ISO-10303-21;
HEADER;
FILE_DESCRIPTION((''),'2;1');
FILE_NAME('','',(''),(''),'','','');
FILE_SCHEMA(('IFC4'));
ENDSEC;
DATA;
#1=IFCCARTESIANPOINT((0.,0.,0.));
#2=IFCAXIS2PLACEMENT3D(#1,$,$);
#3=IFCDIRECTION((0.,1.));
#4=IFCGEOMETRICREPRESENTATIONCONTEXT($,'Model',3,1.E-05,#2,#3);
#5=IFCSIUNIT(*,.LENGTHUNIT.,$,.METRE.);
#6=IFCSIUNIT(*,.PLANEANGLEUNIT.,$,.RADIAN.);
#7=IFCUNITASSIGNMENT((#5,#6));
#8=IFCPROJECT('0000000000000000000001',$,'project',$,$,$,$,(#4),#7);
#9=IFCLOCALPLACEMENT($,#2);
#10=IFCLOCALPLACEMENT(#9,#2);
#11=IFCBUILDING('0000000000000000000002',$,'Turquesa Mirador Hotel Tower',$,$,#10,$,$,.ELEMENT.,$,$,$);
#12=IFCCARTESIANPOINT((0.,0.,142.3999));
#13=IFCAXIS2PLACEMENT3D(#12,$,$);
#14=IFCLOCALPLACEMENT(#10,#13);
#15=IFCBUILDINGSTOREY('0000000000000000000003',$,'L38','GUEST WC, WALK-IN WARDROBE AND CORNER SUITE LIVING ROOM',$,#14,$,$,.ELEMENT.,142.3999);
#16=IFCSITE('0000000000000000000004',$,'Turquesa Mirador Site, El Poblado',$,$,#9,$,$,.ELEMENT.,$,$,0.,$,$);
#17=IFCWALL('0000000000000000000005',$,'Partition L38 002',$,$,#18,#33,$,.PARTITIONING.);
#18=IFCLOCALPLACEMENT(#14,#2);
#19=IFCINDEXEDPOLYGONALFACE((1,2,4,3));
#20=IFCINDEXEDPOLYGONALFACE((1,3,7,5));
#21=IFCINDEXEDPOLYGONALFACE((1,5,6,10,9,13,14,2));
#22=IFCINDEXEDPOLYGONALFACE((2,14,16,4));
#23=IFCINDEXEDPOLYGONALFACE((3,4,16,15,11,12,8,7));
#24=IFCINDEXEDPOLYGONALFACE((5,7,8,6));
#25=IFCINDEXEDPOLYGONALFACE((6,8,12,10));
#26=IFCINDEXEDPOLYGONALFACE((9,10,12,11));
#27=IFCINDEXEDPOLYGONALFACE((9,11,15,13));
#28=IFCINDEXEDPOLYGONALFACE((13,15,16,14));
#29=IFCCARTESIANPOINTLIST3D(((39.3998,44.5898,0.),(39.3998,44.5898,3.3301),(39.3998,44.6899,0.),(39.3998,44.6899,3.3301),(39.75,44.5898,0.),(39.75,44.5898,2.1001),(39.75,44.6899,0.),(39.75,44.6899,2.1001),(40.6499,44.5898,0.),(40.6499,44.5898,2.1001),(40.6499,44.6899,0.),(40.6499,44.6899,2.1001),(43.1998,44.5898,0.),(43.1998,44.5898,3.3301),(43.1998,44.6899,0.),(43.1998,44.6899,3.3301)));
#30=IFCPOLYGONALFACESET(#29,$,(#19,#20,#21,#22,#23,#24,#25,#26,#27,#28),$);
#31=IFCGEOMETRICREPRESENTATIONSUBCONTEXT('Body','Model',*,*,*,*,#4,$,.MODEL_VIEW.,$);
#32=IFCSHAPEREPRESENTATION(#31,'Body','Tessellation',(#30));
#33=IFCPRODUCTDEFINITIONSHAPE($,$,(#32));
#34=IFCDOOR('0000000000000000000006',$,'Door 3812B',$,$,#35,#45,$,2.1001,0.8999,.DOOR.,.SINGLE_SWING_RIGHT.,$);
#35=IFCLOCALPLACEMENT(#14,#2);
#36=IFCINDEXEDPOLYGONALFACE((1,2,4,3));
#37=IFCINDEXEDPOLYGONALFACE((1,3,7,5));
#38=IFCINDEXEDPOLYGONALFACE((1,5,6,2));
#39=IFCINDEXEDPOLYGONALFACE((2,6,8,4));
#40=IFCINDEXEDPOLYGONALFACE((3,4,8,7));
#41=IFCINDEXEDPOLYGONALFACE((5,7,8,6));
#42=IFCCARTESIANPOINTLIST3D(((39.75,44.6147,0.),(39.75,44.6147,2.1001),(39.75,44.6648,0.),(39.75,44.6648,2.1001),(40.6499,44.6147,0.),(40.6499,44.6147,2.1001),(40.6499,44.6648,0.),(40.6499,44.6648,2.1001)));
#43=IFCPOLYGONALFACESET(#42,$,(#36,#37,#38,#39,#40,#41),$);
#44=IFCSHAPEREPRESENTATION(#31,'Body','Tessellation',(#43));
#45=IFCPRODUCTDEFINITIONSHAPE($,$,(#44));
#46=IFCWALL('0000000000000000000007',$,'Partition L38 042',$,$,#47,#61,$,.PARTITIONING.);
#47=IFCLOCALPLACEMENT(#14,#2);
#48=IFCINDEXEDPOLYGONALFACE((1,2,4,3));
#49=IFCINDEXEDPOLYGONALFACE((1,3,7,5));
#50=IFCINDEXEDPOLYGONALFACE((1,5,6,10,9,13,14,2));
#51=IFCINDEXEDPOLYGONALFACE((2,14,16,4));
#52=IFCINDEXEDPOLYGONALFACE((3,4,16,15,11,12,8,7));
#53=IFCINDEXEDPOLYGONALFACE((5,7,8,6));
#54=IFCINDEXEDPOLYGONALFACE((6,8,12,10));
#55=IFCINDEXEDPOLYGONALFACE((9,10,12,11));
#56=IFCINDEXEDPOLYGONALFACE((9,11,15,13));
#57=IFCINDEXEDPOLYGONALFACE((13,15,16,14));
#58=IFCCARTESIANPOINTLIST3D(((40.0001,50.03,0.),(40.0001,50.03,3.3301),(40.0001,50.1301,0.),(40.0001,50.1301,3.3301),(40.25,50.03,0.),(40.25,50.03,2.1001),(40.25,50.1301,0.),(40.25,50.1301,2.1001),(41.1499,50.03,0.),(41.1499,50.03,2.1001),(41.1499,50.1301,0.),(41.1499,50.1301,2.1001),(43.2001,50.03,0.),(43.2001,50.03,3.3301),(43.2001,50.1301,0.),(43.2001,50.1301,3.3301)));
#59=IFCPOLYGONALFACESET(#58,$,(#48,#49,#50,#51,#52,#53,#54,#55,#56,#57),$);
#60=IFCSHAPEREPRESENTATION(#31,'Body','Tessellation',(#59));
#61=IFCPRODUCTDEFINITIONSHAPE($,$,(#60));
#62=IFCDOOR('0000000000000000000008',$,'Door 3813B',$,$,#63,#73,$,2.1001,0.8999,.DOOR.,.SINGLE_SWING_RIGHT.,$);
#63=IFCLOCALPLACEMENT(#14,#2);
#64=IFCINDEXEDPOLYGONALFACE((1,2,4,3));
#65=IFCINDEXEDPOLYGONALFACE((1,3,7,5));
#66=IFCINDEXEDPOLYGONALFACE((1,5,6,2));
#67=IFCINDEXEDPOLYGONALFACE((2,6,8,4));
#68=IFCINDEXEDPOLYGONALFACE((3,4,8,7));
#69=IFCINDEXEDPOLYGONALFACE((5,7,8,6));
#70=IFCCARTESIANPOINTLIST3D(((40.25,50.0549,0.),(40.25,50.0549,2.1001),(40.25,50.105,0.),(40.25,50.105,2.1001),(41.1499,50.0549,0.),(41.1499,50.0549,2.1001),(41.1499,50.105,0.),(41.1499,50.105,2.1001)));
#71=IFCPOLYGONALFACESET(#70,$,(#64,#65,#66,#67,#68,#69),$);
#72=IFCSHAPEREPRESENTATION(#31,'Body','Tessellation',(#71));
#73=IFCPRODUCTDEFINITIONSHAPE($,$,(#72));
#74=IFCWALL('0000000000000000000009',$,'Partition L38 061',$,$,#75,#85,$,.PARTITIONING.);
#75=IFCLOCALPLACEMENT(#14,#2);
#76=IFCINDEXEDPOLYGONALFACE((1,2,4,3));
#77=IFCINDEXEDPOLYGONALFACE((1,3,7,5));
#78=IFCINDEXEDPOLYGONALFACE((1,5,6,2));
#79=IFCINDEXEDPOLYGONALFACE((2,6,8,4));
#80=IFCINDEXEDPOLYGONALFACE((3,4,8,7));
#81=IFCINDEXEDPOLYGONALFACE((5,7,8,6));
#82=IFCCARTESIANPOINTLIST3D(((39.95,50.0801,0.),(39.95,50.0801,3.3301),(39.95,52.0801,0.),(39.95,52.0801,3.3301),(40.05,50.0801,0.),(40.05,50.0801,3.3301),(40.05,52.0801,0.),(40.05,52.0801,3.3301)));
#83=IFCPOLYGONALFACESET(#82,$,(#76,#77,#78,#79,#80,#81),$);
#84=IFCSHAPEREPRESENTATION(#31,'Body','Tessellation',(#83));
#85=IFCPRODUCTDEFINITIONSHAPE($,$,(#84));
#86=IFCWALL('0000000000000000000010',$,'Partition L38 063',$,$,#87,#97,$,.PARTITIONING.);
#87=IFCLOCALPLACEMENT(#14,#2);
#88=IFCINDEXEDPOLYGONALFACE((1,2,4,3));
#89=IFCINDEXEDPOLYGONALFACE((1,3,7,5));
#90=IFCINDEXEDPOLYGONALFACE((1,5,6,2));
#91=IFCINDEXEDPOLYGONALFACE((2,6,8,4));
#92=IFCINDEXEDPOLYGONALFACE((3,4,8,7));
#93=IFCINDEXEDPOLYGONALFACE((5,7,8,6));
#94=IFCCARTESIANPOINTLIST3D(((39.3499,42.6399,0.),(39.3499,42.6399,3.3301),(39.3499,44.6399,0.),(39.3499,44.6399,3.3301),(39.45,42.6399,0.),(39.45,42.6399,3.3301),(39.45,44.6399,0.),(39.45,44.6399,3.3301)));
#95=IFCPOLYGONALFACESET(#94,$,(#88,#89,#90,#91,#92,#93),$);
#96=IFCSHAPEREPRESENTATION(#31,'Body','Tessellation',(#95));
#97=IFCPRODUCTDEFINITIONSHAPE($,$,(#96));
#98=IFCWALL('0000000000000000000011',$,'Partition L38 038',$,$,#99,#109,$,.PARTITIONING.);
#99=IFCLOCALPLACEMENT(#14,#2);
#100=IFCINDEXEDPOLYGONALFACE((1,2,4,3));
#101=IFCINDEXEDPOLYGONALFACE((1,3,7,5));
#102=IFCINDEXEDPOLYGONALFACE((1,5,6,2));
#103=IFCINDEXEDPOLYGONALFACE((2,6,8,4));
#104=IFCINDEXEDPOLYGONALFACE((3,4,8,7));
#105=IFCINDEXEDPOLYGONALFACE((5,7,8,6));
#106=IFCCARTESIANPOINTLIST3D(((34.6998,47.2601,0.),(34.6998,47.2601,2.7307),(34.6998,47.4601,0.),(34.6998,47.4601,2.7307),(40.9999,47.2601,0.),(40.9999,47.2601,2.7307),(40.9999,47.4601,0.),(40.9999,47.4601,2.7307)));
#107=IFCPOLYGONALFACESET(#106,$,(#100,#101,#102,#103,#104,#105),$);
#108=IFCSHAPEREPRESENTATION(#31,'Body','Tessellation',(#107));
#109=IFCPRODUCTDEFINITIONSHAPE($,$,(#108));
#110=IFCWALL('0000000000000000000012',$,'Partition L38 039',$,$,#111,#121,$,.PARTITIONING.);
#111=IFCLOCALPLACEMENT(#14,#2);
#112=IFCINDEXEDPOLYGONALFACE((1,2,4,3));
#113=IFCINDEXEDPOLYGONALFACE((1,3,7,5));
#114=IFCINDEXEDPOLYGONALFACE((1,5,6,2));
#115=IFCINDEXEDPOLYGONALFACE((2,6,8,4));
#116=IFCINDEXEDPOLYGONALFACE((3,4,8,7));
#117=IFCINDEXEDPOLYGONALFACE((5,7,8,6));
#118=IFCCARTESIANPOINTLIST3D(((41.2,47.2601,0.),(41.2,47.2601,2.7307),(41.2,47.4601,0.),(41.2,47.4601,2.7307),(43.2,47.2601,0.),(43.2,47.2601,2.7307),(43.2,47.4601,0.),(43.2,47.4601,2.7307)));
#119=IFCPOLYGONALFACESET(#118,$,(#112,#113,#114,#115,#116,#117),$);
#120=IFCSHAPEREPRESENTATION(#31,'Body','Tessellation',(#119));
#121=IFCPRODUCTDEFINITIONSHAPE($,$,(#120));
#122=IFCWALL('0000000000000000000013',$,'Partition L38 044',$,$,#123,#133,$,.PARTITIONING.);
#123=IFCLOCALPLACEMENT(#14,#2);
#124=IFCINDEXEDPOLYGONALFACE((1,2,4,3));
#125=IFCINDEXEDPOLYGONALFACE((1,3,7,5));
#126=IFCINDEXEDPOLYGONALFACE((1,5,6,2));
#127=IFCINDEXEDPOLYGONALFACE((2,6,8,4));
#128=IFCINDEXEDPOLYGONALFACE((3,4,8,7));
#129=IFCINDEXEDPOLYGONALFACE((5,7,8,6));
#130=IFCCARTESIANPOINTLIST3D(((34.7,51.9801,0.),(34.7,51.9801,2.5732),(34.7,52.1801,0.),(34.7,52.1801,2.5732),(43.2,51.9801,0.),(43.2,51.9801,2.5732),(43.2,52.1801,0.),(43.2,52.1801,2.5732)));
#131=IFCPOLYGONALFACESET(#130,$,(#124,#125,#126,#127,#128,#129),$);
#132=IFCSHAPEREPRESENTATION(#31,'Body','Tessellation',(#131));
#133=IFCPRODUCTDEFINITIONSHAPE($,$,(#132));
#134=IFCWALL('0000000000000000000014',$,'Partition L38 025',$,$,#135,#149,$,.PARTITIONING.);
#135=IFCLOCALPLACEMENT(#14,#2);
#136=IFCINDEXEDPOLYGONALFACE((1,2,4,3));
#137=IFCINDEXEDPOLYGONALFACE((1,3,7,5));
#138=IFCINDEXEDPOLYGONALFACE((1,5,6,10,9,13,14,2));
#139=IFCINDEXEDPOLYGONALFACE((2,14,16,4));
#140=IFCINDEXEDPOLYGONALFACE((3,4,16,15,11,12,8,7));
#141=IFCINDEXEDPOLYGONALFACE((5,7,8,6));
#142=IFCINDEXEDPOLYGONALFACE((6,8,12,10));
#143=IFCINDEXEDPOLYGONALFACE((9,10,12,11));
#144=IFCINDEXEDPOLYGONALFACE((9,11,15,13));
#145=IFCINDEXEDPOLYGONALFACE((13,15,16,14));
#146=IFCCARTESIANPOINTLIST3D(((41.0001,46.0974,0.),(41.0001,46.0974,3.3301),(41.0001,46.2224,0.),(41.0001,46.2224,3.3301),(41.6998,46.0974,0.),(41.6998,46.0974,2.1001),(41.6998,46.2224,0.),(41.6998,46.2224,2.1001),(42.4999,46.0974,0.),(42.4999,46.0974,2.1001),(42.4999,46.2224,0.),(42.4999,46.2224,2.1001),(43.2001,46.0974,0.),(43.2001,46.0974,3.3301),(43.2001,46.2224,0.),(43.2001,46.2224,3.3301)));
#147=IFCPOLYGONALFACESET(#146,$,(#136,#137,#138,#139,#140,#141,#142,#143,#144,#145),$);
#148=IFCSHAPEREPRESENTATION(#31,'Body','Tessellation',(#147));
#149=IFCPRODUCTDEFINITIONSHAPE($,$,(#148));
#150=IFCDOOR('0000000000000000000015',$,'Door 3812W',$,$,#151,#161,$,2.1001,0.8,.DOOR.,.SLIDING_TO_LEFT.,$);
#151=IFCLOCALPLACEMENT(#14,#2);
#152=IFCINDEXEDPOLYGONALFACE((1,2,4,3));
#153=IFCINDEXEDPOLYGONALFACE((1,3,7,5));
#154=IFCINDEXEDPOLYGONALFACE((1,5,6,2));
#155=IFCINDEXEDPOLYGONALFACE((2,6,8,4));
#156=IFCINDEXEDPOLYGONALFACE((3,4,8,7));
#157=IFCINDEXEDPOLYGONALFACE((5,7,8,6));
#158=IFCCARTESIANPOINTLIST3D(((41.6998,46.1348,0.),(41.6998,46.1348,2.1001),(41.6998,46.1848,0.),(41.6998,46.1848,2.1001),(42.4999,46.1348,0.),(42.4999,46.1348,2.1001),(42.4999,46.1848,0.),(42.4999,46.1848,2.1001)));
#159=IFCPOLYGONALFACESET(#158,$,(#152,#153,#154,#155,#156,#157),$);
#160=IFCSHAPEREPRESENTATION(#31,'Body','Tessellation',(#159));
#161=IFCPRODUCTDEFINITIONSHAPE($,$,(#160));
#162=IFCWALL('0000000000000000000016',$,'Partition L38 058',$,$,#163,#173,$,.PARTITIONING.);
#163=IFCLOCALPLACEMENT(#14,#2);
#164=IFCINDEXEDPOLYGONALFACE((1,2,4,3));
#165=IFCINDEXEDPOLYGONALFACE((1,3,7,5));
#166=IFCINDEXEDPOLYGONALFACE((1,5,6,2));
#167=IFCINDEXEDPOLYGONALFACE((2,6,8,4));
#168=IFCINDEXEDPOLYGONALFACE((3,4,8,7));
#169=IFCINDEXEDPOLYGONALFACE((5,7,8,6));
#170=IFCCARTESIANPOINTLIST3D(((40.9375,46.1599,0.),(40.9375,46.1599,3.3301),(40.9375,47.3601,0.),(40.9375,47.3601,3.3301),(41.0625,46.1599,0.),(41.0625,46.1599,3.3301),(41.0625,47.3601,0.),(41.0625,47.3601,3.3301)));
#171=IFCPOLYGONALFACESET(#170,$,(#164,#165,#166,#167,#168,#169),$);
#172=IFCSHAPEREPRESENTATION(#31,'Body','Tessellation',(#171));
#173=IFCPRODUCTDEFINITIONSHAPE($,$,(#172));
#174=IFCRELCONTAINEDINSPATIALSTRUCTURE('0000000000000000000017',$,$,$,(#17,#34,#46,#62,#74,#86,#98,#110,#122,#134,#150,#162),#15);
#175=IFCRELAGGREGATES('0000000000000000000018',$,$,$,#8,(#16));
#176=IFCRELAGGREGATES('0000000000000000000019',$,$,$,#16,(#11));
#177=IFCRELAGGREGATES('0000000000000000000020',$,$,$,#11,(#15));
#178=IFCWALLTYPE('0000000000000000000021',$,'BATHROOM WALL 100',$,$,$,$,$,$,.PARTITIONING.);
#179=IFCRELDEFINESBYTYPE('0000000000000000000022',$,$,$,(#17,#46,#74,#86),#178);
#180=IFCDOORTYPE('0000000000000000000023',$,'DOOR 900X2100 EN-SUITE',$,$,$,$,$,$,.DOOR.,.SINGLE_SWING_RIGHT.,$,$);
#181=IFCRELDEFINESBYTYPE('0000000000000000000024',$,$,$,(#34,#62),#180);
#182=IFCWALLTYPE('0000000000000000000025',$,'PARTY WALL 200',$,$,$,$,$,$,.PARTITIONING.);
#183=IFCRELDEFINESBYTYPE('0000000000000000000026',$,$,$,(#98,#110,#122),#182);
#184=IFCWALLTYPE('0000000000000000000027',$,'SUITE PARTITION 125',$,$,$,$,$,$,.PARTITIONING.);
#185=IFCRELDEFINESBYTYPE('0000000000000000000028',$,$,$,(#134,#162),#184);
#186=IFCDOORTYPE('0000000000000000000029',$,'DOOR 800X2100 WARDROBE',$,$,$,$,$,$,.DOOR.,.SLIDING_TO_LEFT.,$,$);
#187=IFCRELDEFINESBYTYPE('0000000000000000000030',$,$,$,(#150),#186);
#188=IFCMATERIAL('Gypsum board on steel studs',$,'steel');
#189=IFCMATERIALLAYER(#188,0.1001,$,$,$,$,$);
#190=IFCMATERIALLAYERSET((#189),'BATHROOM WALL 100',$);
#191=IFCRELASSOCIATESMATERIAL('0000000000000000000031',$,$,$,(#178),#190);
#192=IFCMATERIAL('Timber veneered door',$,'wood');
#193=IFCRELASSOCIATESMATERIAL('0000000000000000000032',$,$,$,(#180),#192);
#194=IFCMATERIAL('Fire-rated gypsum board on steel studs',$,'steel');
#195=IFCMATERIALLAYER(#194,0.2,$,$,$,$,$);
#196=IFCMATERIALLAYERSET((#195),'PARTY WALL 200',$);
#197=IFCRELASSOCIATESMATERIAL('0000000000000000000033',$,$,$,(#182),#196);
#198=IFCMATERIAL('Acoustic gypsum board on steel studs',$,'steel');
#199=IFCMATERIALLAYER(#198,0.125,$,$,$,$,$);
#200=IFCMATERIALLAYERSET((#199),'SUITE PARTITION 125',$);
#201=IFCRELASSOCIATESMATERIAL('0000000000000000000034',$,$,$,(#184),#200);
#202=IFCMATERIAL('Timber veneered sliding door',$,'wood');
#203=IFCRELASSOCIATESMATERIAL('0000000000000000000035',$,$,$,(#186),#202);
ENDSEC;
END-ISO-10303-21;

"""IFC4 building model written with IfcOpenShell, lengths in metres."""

from ifc_helpers import new_model, si_unit, direction, frame, frame_2d, origin, place, context, subcontext, project, spatial, rectangle, extrude, material, layer, layer_set, type_object, element, fill, save


model = new_model("IFC4")

# Units and contexts
model_context = context("Model", 3, precision=1e-05, world=origin(), true_north=direction((0.0, 1.0)))
body_context = subcontext(model_context, "Body", "Model", "MODEL_VIEW")
ifc_project = project(units=[si_unit("LENGTHUNIT", "METRE"), si_unit("PLANEANGLEUNIT", "RADIAN")], contexts=[model_context])

# Site, building, storey
site_placement = place(None, origin())
site = spatial("IfcSite", under=ifc_project, at=site_placement, Name="Turquesa Mirador Site, El Poblado", CompositionType="ELEMENT", RefElevation=0.0)
building_placement = place(site_placement, origin())
building = spatial("IfcBuilding", under=site, at=building_placement, Name="Turquesa Mirador Hotel Tower", CompositionType="ELEMENT")
storey_placement = place(building_placement, frame((0.0, 0.0, 142.3999)))
storey = spatial("IfcBuildingStorey", under=building, at=storey_placement, Name="L38", Description="GUEST WC, WALK-IN WARDROBE AND CORNER SUITE LIVING ROOM", CompositionType="ELEMENT", Elevation=142.3999)

# Walls, openings, doors
ifc_material_1 = material(Name="Gypsum board on steel studs", Category="steel")
ifc_layer_1 = layer(ifc_material_1, 0.1001)
ifc_layer_set_1 = layer_set([ifc_layer_1], Name="BATHROOM WALL 100")
wall_type_1 = type_object("IfcWallType", Name="BATHROOM WALL 100", PredefinedType="PARTITIONING", material=ifc_layer_set_1)
wall_1_placement = place(storey_placement, frame((39.3999, 44.6399, 0.0), z_axis=(0.0, 0.0, 1.0), x_axis=(1.0, 0.0, 0.0)))
wall_1 = element("IfcWall", 1, at=wall_1_placement, inside=storey, type_object=wall_type_1, Name="Partition L38 002", PredefinedType="PARTITIONING", context=body_context, shape_type="SweptSolid", body=[
    extrude(rectangle(XDim=3.8, YDim=0.1001, at=frame_2d((1.8999, 0.0))), origin(), (0.0, 0.0, 1.0), 3.3301),
])
opening_1_placement = place(wall_1_placement, frame((0.3501, 0.0, 0.0)))
opening_1 = element("IfcOpeningElement", 2, at=opening_1_placement, cuts=wall_1, PredefinedType="OPENING", context=body_context, shape_type="SweptSolid", body=[
    extrude(rectangle(XDim=0.8999, YDim=2.1001, at=frame_2d((0.45, 1.05))), frame((0.0, 0.0601, 0.0), z_axis=(0.0, -1.0, 0.0), x_axis=(1.0, 0.0, 0.0)), (0.0, 0.0, 1.0), 0.1201),
])
ifc_material_2 = material(Name="Timber veneered door", Category="wood")
door_type_1 = type_object("IfcDoorType", Name="DOOR 900X2100 EN-SUITE", OperationType="SINGLE_SWING_RIGHT", PredefinedType="DOOR", material=ifc_material_2)
door_1_placement = place(opening_1_placement, origin())
door_1 = element("IfcDoor", 3, at=door_1_placement, inside=storey, type_object=door_type_1, Name="Door 3812B", OperationType="SINGLE_SWING_RIGHT", OverallHeight=2.1001, OverallWidth=0.8999, PredefinedType="DOOR", context=body_context, shape_type="SweptSolid", body=[
    extrude(rectangle(XDim=0.8999, YDim=2.1001, at=frame_2d((0.45, 1.05))), frame((0.0, 0.0249, 0.0), z_axis=(0.0, -1.0, 0.0), x_axis=(1.0, 0.0, 0.0)), (0.0, 0.0, 1.0), 0.05),
])
fill(opening_1, door_1)
wall_2_placement = place(storey_placement, frame((40.0, 50.0801, 0.0), z_axis=(0.0, 0.0, 1.0), x_axis=(1.0, 0.0, 0.0)))
wall_2 = element("IfcWall", 4, at=wall_2_placement, inside=storey, type_object=wall_type_1, Name="Partition L38 042", PredefinedType="PARTITIONING", context=body_context, shape_type="SweptSolid", body=[
    extrude(rectangle(XDim=3.2, YDim=0.1001, at=frame_2d((1.6001, 0.0))), origin(), (0.0, 0.0, 1.0), 3.3301),
])
opening_2_placement = place(wall_2_placement, frame((0.25, 0.0, 0.0)))
opening_2 = element("IfcOpeningElement", 5, at=opening_2_placement, cuts=wall_2, PredefinedType="OPENING", context=body_context, shape_type="SweptSolid", body=[
    extrude(rectangle(XDim=0.8999, YDim=2.1001, at=frame_2d((0.45, 1.05))), frame((0.0, 0.0601, 0.0), z_axis=(0.0, -1.0, 0.0), x_axis=(1.0, 0.0, 0.0)), (0.0, 0.0, 1.0), 0.1201),
])
door_2_placement = place(opening_2_placement, origin())
door_2 = element("IfcDoor", 6, at=door_2_placement, inside=storey, type_object=door_type_1, Name="Door 3813B", OperationType="SINGLE_SWING_RIGHT", OverallHeight=2.1001, OverallWidth=0.8999, PredefinedType="DOOR", context=body_context, shape_type="SweptSolid", body=[
    extrude(rectangle(XDim=0.8999, YDim=2.1001, at=frame_2d((0.45, 1.05))), frame((0.0, 0.0249, 0.0), z_axis=(0.0, -1.0, 0.0), x_axis=(1.0, 0.0, 0.0)), (0.0, 0.0, 1.0), 0.05),
])
fill(opening_2, door_2)

# Walls
for number, where, z_axis, x_axis, name in (
    (7, (40.0, 50.0801, 0.0), (0.0, 0.0, 1.0), (0.0, 1.0, 0.0), "Partition L38 061"),
    (8, (39.3999, 42.6399, 0.0), (0.0, 0.0, 1.0), (0.0, 1.0, 0.0), "Partition L38 063"),
):
    element("IfcWall", number, at=place(storey_placement, frame(where, z_axis=z_axis, x_axis=x_axis)), inside=storey, type_object=wall_type_1, Name=name, PredefinedType="PARTITIONING", context=body_context, shape_type="SweptSolid", body=[
        extrude(rectangle(XDim=2.0, YDim=0.1001, at=frame_2d((1.0, 0.0))), origin(), (0.0, 0.0, 1.0), 3.3301),
    ])
ifc_material_3 = material(Name="Fire-rated gypsum board on steel studs", Category="steel")
ifc_layer_2 = layer(ifc_material_3, 0.2)
ifc_layer_set_2 = layer_set([ifc_layer_2], Name="PARTY WALL 200")
wall_type_2 = type_object("IfcWallType", Name="PARTY WALL 200", PredefinedType="PARTITIONING", material=ifc_layer_set_2)
wall_3_placement = place(storey_placement, frame((34.7, 47.3601, 0.0), z_axis=(0.0, 0.0, 1.0), x_axis=(1.0, 0.0, 0.0)))
element("IfcWall", 9, at=wall_3_placement, inside=storey, type_object=wall_type_2, Name="Partition L38 038", PredefinedType="PARTITIONING", context=body_context, shape_type="SweptSolid", body=[
    extrude(rectangle(XDim=6.3, YDim=0.2, at=frame_2d((3.1499, 0.0))), origin(), (0.0, 0.0, 1.0), 2.7307),
])
wall_4_placement = place(storey_placement, frame((41.2, 47.3601, 0.0), z_axis=(0.0, 0.0, 1.0), x_axis=(1.0, 0.0, 0.0)))
element("IfcWall", 10, at=wall_4_placement, inside=storey, type_object=wall_type_2, Name="Partition L38 039", PredefinedType="PARTITIONING", context=body_context, shape_type="SweptSolid", body=[
    extrude(rectangle(XDim=2.0, YDim=0.2, at=frame_2d((1.0, 0.0))), origin(), (0.0, 0.0, 1.0), 2.7307),
])
wall_5_placement = place(storey_placement, frame((34.7, 52.0801, 0.0), z_axis=(0.0, 0.0, 1.0), x_axis=(1.0, 0.0, 0.0)))
element("IfcWall", 11, at=wall_5_placement, inside=storey, type_object=wall_type_2, Name="Partition L38 044", PredefinedType="PARTITIONING", context=body_context, shape_type="SweptSolid", body=[
    extrude(rectangle(XDim=8.5, YDim=0.2, at=frame_2d((4.25, 0.0))), origin(), (0.0, 0.0, 1.0), 2.5732),
])

# Wall, opening, door
ifc_material_4 = material(Name="Acoustic gypsum board on steel studs", Category="steel")
ifc_layer_3 = layer(ifc_material_4, 0.125)
ifc_layer_set_3 = layer_set([ifc_layer_3], Name="SUITE PARTITION 125")
wall_type_3 = type_object("IfcWallType", Name="SUITE PARTITION 125", PredefinedType="PARTITIONING", material=ifc_layer_set_3)
wall_6_placement = place(storey_placement, frame((41.0, 46.1599, 0.0), z_axis=(0.0, 0.0, 1.0), x_axis=(1.0, 0.0, 0.0)))
wall_6 = element("IfcWall", 12, at=wall_6_placement, inside=storey, type_object=wall_type_3, Name="Partition L38 025", PredefinedType="PARTITIONING", context=body_context, shape_type="SweptSolid", body=[
    extrude(rectangle(XDim=2.2, YDim=0.125, at=frame_2d((1.1001, 0.0))), origin(), (0.0, 0.0, 1.0), 3.3301),
])
opening_3_placement = place(wall_6_placement, frame((0.7, 0.0, 0.0)))
opening_3 = element("IfcOpeningElement", 13, at=opening_3_placement, cuts=wall_6, PredefinedType="OPENING", context=body_context, shape_type="SweptSolid", body=[
    extrude(rectangle(XDim=0.8, YDim=2.1001, at=frame_2d((0.3999, 1.05))), frame((0.0, 0.0725, 0.0), z_axis=(0.0, -1.0, 0.0), x_axis=(1.0, 0.0, 0.0)), (0.0, 0.0, 1.0), 0.145),
])
ifc_material_5 = material(Name="Timber veneered sliding door", Category="wood")
door_type_2 = type_object("IfcDoorType", Name="DOOR 800X2100 WARDROBE", OperationType="SLIDING_TO_LEFT", PredefinedType="DOOR", material=ifc_material_5)
door_3_placement = place(opening_3_placement, origin())
door_3 = element("IfcDoor", 14, at=door_3_placement, inside=storey, type_object=door_type_2, Name="Door 3812W", OperationType="SLIDING_TO_LEFT", OverallHeight=2.1001, OverallWidth=0.8, PredefinedType="DOOR", context=body_context, shape_type="SweptSolid", body=[
    extrude(rectangle(XDim=0.8, YDim=2.1001, at=frame_2d((0.3999, 1.05))), frame((0.0, 0.0249, 0.0), z_axis=(0.0, -1.0, 0.0), x_axis=(1.0, 0.0, 0.0)), (0.0, 0.0, 1.0), 0.05),
])
fill(opening_3, door_3)

# Wall
wall_7_placement = place(storey_placement, frame((41.0, 46.1599, 0.0), z_axis=(0.0, 0.0, 1.0), x_axis=(0.0, 1.0, 0.0)))
element("IfcWall", 15, at=wall_7_placement, inside=storey, type_object=wall_type_3, Name="Partition L38 058", PredefinedType="PARTITIONING", context=body_context, shape_type="SweptSolid", body=[
    extrude(rectangle(XDim=1.2002, YDim=0.125, at=frame_2d((0.6001, 0.0))), origin(), (0.0, 0.0, 1.0), 3.3301),
])

save(model, "model.ifc")
